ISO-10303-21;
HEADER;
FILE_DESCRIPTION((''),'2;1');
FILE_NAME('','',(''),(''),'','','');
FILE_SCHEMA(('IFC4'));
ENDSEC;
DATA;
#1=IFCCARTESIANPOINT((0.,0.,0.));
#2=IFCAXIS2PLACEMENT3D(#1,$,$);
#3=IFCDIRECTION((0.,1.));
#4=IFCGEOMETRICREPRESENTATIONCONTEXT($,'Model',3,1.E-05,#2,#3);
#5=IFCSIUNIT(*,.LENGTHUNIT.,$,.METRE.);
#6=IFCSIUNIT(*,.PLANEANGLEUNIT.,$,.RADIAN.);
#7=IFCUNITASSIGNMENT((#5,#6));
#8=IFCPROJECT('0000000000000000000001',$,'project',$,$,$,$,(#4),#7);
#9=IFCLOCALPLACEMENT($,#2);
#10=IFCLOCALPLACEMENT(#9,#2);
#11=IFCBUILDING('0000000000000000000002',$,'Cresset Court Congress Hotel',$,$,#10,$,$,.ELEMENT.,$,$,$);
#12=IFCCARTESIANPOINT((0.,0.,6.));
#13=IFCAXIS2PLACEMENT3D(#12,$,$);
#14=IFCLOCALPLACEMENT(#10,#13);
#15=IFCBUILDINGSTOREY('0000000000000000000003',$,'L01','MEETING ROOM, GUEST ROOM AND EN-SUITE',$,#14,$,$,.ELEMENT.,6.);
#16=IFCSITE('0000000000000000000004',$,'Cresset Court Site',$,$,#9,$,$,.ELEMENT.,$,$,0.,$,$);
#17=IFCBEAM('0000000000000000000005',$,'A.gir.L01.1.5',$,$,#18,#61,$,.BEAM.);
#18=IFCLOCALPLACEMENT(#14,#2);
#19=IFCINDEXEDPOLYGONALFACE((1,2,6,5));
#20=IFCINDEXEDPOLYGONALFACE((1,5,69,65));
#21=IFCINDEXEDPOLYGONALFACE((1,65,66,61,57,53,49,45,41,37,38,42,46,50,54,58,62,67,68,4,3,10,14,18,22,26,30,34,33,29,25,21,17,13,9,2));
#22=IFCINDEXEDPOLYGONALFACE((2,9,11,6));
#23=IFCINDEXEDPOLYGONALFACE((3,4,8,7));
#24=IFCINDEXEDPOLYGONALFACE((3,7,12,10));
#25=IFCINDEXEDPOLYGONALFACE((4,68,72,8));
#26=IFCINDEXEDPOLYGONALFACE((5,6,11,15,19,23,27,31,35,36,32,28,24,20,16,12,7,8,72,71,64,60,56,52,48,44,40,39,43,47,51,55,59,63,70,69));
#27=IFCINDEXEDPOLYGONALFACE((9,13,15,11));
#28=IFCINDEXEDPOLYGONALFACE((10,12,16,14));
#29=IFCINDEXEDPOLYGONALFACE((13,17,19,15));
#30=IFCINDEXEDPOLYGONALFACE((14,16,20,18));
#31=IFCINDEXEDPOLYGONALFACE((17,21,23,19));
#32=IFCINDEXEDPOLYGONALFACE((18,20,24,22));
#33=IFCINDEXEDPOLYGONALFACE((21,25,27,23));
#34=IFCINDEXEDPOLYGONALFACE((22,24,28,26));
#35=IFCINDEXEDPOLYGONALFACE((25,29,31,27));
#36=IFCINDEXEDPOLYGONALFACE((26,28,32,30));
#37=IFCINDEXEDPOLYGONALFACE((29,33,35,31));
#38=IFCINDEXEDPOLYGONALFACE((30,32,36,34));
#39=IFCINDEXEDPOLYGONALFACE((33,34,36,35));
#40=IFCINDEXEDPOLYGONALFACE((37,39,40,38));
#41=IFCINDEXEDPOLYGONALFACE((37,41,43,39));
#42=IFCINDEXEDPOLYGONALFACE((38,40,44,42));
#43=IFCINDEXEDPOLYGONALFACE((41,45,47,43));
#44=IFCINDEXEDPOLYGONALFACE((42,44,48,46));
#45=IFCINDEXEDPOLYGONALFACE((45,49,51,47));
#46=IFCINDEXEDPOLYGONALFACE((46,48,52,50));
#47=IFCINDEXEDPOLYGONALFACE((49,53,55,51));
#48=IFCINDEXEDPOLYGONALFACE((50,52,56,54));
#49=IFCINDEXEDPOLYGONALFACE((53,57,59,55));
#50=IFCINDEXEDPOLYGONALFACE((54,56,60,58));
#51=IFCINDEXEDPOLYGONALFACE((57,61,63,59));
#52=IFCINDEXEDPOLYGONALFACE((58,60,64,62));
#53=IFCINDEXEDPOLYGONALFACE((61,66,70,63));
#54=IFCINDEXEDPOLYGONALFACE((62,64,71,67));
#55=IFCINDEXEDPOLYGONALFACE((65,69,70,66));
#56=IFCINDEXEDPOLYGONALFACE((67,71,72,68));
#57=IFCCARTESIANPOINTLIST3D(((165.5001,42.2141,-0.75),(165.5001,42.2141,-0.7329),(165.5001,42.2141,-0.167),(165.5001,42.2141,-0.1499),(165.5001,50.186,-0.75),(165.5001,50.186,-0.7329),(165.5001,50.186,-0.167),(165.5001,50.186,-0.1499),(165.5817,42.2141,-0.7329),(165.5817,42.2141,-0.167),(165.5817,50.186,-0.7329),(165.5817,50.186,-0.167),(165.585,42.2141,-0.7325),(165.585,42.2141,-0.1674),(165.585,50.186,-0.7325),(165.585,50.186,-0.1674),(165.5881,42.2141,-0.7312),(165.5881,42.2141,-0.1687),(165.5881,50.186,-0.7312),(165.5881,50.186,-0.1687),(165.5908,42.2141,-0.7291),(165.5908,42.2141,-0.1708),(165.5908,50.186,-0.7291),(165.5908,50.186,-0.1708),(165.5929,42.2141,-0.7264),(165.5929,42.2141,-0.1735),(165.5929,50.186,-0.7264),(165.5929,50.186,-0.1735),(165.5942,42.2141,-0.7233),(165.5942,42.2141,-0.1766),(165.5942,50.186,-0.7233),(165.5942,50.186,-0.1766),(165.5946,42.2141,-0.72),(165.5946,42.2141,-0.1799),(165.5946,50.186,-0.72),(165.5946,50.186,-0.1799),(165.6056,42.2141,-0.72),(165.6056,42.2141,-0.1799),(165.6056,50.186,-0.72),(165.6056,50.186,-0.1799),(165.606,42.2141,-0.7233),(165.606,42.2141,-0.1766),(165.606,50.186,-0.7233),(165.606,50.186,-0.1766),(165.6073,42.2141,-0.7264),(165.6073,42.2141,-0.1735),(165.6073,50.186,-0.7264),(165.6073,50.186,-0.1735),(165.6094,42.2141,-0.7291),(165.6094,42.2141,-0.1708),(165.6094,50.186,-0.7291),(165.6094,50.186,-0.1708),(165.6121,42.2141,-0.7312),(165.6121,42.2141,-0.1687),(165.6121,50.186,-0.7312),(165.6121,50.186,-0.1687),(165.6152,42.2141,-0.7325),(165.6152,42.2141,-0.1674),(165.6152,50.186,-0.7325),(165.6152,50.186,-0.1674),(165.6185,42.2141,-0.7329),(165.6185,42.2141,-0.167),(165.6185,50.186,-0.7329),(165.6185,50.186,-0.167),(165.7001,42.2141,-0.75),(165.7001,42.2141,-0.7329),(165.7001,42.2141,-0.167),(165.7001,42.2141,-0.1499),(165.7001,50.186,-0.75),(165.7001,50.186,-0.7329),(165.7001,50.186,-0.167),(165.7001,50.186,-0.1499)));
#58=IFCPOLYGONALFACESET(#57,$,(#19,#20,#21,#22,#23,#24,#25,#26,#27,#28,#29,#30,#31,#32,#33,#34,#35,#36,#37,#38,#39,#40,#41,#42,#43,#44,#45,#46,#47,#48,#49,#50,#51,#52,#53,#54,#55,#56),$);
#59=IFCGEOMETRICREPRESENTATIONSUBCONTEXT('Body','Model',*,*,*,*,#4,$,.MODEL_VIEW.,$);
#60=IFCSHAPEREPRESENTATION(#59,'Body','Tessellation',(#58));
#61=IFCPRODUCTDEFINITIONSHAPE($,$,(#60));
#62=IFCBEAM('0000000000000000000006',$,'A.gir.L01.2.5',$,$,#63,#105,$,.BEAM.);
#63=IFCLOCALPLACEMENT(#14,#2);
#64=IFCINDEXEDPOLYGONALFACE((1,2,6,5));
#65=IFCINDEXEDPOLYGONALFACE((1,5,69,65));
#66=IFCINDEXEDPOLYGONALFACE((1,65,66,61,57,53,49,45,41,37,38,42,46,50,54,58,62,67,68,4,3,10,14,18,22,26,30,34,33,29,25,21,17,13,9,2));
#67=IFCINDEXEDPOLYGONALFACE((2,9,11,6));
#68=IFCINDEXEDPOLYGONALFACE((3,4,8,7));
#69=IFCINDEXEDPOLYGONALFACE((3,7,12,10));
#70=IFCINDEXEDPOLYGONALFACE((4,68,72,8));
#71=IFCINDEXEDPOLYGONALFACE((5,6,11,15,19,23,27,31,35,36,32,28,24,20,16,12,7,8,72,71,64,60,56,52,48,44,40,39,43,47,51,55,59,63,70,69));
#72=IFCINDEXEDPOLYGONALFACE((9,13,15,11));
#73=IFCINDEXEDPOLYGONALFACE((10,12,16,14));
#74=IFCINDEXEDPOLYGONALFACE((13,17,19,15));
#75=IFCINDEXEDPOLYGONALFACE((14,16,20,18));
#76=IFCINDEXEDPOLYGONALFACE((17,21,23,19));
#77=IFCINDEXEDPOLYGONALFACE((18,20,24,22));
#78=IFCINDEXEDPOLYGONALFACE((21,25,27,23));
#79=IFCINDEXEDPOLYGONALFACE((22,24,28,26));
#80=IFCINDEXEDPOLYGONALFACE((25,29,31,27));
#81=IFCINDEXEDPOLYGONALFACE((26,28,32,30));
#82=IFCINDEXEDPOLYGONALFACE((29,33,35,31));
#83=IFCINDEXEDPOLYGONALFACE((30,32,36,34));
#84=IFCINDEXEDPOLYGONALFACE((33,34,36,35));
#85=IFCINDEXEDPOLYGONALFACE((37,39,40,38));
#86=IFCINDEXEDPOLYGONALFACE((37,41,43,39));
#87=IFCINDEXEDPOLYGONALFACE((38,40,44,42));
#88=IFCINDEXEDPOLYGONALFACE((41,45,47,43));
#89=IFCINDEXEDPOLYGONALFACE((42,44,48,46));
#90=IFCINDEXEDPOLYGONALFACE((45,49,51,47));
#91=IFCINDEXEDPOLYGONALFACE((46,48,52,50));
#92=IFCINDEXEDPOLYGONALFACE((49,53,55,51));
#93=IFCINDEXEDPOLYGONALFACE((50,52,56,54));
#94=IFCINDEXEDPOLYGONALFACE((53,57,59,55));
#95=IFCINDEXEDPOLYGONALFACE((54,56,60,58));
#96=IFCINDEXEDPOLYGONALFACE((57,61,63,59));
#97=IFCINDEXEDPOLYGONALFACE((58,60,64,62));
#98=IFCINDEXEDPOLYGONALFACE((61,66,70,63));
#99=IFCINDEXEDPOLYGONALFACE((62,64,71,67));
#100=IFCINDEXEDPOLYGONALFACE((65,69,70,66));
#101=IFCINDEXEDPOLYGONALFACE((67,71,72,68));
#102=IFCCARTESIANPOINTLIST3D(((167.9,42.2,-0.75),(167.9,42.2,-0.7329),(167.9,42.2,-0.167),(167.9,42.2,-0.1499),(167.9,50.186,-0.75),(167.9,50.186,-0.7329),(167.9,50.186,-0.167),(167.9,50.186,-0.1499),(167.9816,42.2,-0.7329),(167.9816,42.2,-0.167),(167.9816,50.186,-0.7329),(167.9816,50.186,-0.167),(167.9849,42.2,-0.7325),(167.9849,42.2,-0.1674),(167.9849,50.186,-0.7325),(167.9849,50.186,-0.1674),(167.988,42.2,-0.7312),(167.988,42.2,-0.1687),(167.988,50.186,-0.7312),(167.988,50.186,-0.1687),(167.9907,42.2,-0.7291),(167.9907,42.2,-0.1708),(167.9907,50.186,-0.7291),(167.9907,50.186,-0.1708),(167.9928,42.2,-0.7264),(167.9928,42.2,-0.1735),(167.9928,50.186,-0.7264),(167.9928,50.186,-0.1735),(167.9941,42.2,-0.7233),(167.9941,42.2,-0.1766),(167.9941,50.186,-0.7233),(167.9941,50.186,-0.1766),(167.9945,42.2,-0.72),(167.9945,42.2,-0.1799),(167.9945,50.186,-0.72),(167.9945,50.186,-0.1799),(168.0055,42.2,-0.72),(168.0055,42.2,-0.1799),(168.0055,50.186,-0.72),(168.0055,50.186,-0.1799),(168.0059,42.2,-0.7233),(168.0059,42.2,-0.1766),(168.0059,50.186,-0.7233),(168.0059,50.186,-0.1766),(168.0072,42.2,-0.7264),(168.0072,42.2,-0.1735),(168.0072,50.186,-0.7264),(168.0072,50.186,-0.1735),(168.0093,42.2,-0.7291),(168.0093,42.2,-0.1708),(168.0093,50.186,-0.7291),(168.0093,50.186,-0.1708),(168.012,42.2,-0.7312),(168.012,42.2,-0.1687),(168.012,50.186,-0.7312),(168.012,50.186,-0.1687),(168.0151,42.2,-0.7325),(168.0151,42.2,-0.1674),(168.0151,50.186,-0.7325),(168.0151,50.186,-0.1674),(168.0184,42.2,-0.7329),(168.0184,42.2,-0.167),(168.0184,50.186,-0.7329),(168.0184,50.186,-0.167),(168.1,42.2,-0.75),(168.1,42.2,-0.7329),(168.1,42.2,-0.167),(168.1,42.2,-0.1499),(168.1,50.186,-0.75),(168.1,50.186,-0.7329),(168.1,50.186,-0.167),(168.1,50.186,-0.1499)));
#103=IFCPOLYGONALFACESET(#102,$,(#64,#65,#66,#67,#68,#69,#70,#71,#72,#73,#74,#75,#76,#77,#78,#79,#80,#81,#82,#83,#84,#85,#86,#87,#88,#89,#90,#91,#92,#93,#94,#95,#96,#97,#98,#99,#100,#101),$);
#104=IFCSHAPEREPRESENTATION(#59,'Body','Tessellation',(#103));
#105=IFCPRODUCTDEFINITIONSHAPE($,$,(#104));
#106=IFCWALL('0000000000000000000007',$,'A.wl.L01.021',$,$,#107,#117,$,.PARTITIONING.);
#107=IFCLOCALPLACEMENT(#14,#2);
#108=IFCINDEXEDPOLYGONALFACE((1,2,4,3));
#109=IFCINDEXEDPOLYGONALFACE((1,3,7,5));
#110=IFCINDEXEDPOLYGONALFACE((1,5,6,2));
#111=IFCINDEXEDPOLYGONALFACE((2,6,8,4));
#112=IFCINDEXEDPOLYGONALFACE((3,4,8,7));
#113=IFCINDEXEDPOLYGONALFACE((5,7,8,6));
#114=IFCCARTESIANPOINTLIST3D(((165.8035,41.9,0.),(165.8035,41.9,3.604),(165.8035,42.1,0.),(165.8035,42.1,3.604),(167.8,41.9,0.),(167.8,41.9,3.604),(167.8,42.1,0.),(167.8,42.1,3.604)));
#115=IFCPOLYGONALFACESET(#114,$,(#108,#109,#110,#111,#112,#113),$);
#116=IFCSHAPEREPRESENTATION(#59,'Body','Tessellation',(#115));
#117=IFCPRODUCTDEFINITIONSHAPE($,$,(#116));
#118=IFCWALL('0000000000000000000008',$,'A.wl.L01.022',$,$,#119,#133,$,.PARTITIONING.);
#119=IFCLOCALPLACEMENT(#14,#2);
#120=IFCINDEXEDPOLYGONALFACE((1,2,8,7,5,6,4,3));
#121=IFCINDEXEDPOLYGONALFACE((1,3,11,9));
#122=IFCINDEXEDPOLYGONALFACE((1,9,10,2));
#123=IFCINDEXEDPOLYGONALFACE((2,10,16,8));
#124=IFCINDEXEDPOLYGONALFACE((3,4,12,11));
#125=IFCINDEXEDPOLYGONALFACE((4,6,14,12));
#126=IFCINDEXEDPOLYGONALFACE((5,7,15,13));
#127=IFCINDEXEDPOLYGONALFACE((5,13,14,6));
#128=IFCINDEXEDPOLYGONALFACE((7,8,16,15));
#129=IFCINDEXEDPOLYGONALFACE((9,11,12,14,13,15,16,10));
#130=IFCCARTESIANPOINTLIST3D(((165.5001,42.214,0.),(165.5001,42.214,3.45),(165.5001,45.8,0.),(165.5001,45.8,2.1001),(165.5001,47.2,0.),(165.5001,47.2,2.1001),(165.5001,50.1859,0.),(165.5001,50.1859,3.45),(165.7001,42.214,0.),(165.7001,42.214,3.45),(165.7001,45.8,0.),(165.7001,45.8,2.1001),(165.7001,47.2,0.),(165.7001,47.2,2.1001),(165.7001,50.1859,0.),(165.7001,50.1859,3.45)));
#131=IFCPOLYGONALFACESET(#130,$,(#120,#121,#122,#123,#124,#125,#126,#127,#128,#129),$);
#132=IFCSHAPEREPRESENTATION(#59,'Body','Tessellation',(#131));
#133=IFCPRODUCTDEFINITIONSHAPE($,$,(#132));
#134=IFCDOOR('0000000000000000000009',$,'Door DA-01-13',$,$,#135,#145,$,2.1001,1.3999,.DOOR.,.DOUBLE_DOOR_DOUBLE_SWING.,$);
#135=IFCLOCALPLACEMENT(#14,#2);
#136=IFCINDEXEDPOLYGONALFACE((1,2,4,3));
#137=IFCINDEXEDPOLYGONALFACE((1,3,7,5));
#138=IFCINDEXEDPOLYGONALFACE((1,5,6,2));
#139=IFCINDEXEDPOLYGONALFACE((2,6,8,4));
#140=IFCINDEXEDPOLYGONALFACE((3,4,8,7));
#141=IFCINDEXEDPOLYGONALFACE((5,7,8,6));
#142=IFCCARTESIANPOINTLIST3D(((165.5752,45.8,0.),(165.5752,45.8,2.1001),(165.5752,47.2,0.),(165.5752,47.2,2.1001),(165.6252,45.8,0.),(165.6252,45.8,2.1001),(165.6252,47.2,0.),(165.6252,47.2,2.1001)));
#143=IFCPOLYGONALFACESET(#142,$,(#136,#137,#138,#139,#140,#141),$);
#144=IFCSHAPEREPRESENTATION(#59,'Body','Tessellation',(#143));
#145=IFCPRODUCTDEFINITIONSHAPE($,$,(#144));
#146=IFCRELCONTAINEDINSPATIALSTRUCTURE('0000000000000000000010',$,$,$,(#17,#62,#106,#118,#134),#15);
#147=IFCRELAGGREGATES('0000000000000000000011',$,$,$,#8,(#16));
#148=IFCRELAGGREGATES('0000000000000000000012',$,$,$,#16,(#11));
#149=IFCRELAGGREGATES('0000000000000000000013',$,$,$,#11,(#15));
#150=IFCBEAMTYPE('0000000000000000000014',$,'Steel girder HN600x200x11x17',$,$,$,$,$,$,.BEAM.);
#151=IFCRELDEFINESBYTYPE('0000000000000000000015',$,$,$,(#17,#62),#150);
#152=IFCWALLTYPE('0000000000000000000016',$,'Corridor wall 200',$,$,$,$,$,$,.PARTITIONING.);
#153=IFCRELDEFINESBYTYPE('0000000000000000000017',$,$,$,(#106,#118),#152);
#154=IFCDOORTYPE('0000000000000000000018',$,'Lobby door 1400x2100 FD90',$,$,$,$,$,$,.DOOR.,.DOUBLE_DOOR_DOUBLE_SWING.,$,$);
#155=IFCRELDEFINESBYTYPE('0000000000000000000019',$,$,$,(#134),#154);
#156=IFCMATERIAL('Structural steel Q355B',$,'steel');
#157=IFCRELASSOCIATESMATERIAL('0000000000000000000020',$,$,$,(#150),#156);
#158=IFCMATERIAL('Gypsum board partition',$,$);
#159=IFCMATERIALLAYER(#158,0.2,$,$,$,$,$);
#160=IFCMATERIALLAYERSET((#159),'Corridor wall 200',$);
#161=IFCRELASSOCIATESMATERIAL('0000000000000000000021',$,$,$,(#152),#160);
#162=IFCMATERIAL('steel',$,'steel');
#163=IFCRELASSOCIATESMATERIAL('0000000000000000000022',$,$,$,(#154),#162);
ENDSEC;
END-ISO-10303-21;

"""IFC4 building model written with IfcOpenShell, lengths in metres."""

from ifc_helpers import new_model, si_unit, direction, frame, frame_2d, origin, origin_2d, place, context, subcontext, project, spatial, rectangle, i_section, extrude, material, layer, layer_set, material_profile, profile_set, type_object, element, fill, save


model = new_model("IFC4")

# Units and contexts
model_context = context("Model", 3, precision=1e-05, world=origin(), true_north=direction((0.0, 1.0)))
body_context = subcontext(model_context, "Body", "Model", "MODEL_VIEW")
ifc_project = project(units=[si_unit("LENGTHUNIT", "METRE"), si_unit("PLANEANGLEUNIT", "RADIAN")], contexts=[model_context])

# Site, building, storey
site_placement = place(None, origin())
site = spatial("IfcSite", under=ifc_project, at=site_placement, Name="Cresset Court Site", CompositionType="ELEMENT", RefElevation=0.0)
building_placement = place(site_placement, origin())
building = spatial("IfcBuilding", under=site, at=building_placement, Name="Cresset Court Congress Hotel", CompositionType="ELEMENT")
storey_placement = place(building_placement, frame((0.0, 0.0, 6.0)))
storey = spatial("IfcBuildingStorey", under=building, at=storey_placement, Name="L01", Description="MEETING ROOM, GUEST ROOM AND EN-SUITE", CompositionType="ELEMENT", Elevation=6.0)

# Beams
ifc_material_1 = material(Name="Structural steel Q355B", Category="steel")
ifc_material_profile_1 = material_profile(ifc_material_1, i_section(OverallWidth=0.2, OverallDepth=0.6001, WebThickness=0.011, FlangeThickness=0.0171, FilletRadius=0.0129, at=origin_2d()), Name="HN600x200x11x17")
ifc_profile_set_1 = profile_set([ifc_material_profile_1], Name="Structural steel Q355B")
beam_type_1 = type_object("IfcBeamType", Name="Steel girder HN600x200x11x17", PredefinedType="BEAM", material=ifc_profile_set_1)
for number, where, z_axis, x_axis, name in (
    (1, (165.6001, 42.2141, -0.45), (0.0, 1.0, 0.0), (-1.0, 0.0, 0.0), "A.gir.L01.1.5"),
):
    element("IfcBeam", number, at=place(storey_placement, frame(where, z_axis=z_axis, x_axis=x_axis)), inside=storey, type_object=beam_type_1, Name=name, PredefinedType="BEAM", context=body_context, shape_type="SweptSolid", body=[
        extrude(i_section(OverallWidth=0.2, OverallDepth=0.6001, WebThickness=0.011, FlangeThickness=0.0171, FilletRadius=0.0129, at=origin_2d()), origin(), (0.0, 0.0, 1.0), 7.9719),
    ])
beam_1_placement = place(storey_placement, frame((168.0, 42.2, -0.45), z_axis=(0.0, 1.0, 0.0), x_axis=(-1.0, 0.0, 0.0)))
element("IfcBeam", 2, at=beam_1_placement, inside=storey, type_object=beam_type_1, Name="A.gir.L01.2.5", PredefinedType="BEAM", context=body_context, shape_type="SweptSolid", body=[
    extrude(i_section(OverallWidth=0.2, OverallDepth=0.6001, WebThickness=0.011, FlangeThickness=0.0171, FilletRadius=0.0129, at=origin_2d()), origin(), (0.0, 0.0, 1.0), 7.9861),
])

# Wall
ifc_material_2 = material(Name="Gypsum board partition")
ifc_layer_1 = layer(ifc_material_2, 0.2)
ifc_layer_set_1 = layer_set([ifc_layer_1], Name="Corridor wall 200")
wall_type_1 = type_object("IfcWallType", Name="Corridor wall 200", PredefinedType="PARTITIONING", material=ifc_layer_set_1)
wall_1_placement = place(storey_placement, frame((165.8035, 42.0, 0.0), z_axis=(0.0, 0.0, 1.0), x_axis=(1.0, 0.0, 0.0)))
element("IfcWall", 3, at=wall_1_placement, inside=storey, type_object=wall_type_1, Name="A.wl.L01.021", PredefinedType="PARTITIONING", context=body_context, shape_type="SweptSolid", body=[
    extrude(rectangle(XDim=1.9966, YDim=0.2, at=frame_2d((0.9983, 0.0))), origin(), (0.0, 0.0, 1.0), 3.604),
])

# Wall, opening, door
wall_2_placement = place(storey_placement, frame((165.6001, 42.2141, 0.0), z_axis=(0.0, 0.0, 1.0), x_axis=(0.0, 1.0, 0.0)))
wall_2 = element("IfcWall", 4, at=wall_2_placement, inside=storey, type_object=wall_type_1, Name="A.wl.L01.022", PredefinedType="PARTITIONING", context=body_context, shape_type="SweptSolid", body=[
    extrude(rectangle(XDim=7.9719, YDim=0.2, at=frame_2d((3.9858, 0.0))), origin(), (0.0, 0.0, 1.0), 3.45),
])
opening_1_placement = place(wall_2_placement, frame((3.5859, 0.0, 0.0)))
opening_1 = element("IfcOpeningElement", 5, at=opening_1_placement, cuts=wall_2, PredefinedType="OPENING", context=body_context, shape_type="SweptSolid", body=[
    extrude(rectangle(XDim=1.3999, YDim=2.1001, at=frame_2d((0.7, 1.05))), frame((0.0, 0.1099, 0.0), z_axis=(0.0, -1.0, 0.0), x_axis=(1.0, 0.0, 0.0)), (0.0, 0.0, 1.0), 0.22),
])
ifc_material_3 = material(Name="steel", Category="steel")
door_type_1 = type_object("IfcDoorType", Name="Lobby door 1400x2100 FD90", OperationType="DOUBLE_DOOR_DOUBLE_SWING", PredefinedType="DOOR", material=ifc_material_3)
door_1_placement = place(opening_1_placement, origin())
door_1 = element("IfcDoor", 6, at=door_1_placement, inside=storey, type_object=door_type_1, Name="Door DA-01-13", OperationType="DOUBLE_DOOR_DOUBLE_SWING", OverallHeight=2.1001, OverallWidth=1.3999, PredefinedType="DOOR", context=body_context, shape_type="SweptSolid", body=[
    extrude(rectangle(XDim=1.3999, YDim=2.1001, at=frame_2d((0.7, 1.05))), frame((0.0, 0.0249, 0.0), z_axis=(0.0, -1.0, 0.0), x_axis=(1.0, 0.0, 0.0)), (0.0, 0.0, 1.0), 0.05),
])
fill(opening_1, door_1)

save(model, "model.ifc")
